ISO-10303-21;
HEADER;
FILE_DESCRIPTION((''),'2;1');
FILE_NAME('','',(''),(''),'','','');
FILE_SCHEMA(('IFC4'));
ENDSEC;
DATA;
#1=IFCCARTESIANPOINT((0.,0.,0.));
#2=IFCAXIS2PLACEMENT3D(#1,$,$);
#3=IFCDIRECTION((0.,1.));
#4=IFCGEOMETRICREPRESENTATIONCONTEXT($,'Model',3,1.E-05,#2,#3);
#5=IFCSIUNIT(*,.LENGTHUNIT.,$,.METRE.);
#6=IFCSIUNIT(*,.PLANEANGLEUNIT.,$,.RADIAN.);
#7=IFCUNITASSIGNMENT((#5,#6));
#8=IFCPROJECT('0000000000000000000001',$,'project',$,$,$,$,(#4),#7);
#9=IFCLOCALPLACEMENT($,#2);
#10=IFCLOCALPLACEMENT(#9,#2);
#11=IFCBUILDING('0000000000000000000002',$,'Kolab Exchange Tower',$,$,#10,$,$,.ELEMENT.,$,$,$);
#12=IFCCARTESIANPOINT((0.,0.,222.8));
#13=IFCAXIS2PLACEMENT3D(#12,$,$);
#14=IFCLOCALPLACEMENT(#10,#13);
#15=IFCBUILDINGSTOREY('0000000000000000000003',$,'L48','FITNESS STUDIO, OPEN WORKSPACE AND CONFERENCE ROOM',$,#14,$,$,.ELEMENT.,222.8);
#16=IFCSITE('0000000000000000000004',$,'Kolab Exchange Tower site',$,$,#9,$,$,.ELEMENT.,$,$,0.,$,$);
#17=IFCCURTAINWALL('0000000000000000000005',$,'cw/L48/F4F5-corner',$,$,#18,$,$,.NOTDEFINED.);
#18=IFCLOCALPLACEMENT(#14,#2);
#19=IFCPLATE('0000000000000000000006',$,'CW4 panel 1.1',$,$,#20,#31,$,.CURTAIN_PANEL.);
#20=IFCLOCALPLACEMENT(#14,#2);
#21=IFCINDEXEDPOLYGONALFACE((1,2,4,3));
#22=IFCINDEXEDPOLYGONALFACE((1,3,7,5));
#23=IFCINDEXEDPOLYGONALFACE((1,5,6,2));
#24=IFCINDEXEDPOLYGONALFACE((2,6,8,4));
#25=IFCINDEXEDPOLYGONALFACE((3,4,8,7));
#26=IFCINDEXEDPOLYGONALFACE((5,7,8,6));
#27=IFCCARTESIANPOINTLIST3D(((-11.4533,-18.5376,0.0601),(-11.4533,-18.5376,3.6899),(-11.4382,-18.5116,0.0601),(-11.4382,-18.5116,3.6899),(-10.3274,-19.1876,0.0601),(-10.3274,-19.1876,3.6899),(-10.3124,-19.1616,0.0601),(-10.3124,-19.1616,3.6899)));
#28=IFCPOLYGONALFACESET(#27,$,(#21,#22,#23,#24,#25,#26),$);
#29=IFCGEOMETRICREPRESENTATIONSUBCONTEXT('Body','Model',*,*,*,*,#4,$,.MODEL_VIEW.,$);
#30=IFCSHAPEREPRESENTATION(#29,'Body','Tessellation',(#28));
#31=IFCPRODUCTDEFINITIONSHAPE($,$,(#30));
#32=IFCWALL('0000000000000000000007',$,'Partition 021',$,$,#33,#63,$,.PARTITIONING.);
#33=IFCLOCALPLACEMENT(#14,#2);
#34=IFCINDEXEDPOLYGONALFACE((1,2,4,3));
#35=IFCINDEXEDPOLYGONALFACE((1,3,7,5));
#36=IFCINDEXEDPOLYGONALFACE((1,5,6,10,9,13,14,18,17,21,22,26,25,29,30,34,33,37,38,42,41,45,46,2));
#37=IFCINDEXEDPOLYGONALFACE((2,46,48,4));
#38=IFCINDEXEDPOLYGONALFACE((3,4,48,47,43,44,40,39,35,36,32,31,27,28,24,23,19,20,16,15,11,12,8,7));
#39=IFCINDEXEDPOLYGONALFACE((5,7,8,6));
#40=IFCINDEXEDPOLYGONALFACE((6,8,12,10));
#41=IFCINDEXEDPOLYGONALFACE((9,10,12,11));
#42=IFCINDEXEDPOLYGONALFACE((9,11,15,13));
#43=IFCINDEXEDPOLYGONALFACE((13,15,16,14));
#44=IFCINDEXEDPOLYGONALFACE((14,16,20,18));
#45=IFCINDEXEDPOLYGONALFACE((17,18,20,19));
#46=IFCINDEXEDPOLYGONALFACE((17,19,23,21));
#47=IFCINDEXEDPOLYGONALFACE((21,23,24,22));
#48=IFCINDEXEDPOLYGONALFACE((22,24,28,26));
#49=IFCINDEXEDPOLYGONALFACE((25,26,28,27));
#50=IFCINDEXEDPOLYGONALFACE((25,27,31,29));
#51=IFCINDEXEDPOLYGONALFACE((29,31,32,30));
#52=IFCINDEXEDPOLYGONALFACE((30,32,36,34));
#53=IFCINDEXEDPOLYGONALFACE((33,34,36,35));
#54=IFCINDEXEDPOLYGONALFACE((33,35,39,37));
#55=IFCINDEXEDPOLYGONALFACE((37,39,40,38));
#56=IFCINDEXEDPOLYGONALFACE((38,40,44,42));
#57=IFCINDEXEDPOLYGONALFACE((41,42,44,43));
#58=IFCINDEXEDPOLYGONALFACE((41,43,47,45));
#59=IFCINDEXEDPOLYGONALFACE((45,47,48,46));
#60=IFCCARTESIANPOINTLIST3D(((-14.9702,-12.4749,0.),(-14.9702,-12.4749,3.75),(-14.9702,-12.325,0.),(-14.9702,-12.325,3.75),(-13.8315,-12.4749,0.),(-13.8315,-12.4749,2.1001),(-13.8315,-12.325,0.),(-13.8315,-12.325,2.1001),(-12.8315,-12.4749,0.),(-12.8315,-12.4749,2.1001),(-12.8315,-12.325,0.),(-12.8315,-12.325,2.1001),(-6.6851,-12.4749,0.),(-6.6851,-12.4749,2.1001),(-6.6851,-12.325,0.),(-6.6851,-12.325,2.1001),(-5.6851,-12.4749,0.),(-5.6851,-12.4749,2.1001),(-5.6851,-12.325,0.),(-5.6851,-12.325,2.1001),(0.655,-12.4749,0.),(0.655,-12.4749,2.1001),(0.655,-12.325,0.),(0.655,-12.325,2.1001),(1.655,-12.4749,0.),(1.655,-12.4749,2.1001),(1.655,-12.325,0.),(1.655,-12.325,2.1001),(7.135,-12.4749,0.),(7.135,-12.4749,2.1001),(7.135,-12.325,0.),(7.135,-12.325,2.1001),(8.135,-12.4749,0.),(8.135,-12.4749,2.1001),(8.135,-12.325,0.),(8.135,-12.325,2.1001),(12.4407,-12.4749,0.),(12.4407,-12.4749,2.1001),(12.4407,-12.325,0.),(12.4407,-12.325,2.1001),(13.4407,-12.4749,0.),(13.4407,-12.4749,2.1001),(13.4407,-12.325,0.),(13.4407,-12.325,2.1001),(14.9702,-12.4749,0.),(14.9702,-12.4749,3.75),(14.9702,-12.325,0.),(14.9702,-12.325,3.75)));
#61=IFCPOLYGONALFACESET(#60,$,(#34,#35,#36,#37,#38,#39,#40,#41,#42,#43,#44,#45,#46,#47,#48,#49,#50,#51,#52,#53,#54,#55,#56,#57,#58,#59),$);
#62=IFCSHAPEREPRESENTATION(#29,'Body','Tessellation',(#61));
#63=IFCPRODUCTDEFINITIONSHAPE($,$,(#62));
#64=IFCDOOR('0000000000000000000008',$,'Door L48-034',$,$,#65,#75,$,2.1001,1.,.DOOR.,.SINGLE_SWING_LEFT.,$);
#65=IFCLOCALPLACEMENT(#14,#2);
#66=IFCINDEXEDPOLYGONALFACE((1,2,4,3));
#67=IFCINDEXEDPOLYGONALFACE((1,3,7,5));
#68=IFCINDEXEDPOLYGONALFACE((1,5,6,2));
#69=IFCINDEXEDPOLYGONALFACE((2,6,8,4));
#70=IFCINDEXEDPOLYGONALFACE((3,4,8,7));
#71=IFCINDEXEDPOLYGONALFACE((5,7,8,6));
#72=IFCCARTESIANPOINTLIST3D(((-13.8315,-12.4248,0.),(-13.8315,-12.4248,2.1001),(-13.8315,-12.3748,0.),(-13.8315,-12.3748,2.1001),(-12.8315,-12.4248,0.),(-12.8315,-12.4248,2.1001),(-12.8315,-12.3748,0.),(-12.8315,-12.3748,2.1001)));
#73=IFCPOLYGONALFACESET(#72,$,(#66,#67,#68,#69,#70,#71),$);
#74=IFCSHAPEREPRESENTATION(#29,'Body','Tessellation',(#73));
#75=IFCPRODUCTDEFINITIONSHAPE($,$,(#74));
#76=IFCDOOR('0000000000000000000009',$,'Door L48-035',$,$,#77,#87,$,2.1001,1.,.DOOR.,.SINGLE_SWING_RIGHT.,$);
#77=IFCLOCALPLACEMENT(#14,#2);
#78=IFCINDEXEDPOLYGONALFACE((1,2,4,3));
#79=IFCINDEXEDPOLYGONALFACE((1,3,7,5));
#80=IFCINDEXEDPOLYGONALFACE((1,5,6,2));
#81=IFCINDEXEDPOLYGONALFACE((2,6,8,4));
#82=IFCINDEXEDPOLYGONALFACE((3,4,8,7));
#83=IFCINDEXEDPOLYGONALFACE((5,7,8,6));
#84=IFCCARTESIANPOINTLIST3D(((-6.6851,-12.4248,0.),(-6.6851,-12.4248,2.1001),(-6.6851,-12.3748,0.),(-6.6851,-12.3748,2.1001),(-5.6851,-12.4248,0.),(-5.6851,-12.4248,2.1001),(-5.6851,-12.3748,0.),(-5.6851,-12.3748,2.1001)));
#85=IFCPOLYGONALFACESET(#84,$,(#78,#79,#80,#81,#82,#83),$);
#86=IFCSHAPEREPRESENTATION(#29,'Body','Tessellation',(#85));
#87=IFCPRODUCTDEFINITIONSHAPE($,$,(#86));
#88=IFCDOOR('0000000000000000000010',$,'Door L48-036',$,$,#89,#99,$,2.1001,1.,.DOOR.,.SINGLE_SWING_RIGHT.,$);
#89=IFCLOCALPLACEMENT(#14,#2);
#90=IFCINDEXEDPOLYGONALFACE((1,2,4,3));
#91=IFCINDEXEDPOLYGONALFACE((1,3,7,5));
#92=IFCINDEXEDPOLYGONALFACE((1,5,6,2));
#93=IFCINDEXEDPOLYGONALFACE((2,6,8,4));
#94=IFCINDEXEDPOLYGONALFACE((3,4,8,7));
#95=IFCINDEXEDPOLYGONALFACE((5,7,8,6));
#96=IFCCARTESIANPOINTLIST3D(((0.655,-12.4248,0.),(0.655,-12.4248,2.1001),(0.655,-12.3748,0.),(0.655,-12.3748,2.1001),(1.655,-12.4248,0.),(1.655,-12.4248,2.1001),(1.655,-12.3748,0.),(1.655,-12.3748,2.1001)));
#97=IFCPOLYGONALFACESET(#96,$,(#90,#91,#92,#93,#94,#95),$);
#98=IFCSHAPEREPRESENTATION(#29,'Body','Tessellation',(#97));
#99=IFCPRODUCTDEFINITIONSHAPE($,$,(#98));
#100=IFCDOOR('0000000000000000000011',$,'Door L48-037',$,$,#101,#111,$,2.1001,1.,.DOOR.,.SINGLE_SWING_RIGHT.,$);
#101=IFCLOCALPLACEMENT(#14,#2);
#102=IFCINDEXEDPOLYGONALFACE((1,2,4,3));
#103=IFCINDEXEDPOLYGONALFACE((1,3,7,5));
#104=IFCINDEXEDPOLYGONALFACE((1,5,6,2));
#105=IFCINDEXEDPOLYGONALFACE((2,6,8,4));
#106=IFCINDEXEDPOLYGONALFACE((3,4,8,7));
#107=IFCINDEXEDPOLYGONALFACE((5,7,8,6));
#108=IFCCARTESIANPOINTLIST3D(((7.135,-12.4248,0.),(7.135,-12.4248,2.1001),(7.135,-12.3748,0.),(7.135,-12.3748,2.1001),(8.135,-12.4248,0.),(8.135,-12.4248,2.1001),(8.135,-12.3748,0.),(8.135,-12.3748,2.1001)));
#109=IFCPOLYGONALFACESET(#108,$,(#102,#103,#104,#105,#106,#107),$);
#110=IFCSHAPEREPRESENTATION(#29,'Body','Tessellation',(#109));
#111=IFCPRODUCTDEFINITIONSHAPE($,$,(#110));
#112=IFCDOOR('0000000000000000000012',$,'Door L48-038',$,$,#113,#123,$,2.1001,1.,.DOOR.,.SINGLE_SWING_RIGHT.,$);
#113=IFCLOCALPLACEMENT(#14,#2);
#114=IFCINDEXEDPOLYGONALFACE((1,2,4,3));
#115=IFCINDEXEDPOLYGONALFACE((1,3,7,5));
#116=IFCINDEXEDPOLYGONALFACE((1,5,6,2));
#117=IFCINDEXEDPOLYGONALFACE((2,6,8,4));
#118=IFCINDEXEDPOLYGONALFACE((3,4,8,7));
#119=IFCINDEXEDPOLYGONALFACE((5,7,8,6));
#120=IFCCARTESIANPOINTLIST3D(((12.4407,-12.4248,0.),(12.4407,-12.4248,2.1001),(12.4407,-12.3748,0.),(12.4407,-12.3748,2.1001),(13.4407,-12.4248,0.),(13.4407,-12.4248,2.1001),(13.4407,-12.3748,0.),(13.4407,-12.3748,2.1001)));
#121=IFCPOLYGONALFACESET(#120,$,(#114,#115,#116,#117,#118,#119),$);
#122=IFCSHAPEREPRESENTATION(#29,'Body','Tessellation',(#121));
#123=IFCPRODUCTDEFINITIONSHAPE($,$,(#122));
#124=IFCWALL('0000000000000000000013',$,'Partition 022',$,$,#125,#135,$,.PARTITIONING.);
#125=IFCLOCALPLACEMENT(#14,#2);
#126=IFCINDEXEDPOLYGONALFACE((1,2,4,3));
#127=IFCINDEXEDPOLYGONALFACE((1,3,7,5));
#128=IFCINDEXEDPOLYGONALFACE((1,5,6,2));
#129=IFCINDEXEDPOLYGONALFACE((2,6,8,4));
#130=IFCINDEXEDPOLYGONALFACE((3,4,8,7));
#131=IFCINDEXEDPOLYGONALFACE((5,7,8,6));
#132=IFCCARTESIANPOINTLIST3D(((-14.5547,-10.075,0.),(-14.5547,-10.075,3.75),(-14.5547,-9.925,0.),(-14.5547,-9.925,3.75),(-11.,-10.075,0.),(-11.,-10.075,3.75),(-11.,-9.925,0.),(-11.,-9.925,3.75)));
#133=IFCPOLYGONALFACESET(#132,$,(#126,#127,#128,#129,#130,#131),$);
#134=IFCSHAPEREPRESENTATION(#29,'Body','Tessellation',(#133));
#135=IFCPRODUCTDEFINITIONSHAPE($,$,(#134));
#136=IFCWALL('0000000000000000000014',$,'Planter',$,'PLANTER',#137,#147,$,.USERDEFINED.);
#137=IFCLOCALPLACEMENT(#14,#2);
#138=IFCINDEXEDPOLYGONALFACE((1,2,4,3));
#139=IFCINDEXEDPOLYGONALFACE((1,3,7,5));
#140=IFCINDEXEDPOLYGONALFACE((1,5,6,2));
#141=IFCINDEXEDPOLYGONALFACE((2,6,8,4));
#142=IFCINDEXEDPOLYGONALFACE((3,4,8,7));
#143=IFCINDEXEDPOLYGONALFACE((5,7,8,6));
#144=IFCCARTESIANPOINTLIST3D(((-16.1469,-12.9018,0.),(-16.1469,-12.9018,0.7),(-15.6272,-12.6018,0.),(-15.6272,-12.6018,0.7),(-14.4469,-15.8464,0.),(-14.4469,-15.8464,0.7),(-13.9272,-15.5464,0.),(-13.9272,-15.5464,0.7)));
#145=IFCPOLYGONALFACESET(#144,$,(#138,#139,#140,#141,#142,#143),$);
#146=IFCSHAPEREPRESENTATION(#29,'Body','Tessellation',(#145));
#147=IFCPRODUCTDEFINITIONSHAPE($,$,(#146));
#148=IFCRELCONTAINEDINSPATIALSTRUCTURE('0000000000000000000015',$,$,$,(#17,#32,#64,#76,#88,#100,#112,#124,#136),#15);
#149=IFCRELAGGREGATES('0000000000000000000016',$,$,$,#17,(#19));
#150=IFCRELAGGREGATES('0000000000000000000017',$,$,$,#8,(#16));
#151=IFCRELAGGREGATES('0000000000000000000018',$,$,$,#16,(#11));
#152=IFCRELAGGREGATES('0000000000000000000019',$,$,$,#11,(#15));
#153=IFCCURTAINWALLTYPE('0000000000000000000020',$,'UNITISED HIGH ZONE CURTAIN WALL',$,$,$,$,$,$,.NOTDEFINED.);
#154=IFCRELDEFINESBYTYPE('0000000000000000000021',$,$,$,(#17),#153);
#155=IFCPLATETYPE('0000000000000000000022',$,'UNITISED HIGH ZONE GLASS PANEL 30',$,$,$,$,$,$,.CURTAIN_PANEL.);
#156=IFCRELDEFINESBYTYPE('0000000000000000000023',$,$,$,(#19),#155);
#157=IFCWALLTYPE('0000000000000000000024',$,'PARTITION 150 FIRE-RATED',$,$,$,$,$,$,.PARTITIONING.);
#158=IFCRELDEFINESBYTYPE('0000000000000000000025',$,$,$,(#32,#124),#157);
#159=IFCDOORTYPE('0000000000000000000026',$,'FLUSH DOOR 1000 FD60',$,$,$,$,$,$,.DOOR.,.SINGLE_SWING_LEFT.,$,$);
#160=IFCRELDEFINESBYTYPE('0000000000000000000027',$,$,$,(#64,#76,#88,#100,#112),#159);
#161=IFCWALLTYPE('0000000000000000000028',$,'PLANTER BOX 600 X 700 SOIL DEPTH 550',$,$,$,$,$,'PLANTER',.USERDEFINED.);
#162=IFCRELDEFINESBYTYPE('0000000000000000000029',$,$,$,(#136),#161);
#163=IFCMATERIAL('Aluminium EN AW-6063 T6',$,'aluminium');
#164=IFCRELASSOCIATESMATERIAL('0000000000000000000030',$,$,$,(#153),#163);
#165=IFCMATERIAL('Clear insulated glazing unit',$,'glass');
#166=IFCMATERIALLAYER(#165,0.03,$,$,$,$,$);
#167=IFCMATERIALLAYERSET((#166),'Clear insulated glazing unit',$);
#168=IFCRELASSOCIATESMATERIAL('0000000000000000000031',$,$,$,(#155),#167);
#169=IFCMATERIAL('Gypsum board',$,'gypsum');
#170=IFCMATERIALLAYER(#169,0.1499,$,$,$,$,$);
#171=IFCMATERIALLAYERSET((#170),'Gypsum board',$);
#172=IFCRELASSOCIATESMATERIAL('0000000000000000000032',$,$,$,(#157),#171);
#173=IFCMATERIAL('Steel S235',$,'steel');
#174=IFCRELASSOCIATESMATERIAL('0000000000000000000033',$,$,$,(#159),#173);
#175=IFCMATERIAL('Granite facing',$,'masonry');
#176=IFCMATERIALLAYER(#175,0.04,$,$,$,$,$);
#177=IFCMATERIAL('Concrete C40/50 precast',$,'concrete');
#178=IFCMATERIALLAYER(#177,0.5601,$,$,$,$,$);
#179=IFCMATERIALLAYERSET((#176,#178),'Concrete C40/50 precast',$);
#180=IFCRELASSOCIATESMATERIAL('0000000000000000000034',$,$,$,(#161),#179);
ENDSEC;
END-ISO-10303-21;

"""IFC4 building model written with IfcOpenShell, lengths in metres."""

from ifc_helpers import new_model, si_unit, direction, frame, frame_2d, origin, origin_2d, place, context, subcontext, project, spatial, rectangle, extrude, material, layer, layer_set, type_object, element, fill, aggregate, save


model = new_model("IFC4")

# Units and contexts
model_context = context("Model", 3, precision=1e-05, world=origin(), true_north=direction((0.0, 1.0)))
body_context = subcontext(model_context, "Body", "Model", "MODEL_VIEW")
ifc_project = project(units=[si_unit("LENGTHUNIT", "METRE"), si_unit("PLANEANGLEUNIT", "RADIAN")], contexts=[model_context])

# Site, building, storey
site_placement = place(None, origin())
site = spatial("IfcSite", under=ifc_project, at=site_placement, Name="Kolab Exchange Tower site", CompositionType="ELEMENT", RefElevation=0.0)
building_placement = place(site_placement, origin())
building = spatial("IfcBuilding", under=site, at=building_placement, Name="Kolab Exchange Tower", CompositionType="ELEMENT")
storey_placement = place(building_placement, frame((0.0, 0.0, 222.8)))
storey = spatial("IfcBuildingStorey", under=building, at=storey_placement, Name="L48", Description="FITNESS STUDIO, OPEN WORKSPACE AND CONFERENCE ROOM", CompositionType="ELEMENT", Elevation=222.8)

# Shared definitions
ifc_material_1 = material(Name="Aluminium EN AW-6063 T6", Category="aluminium")
curtain_wall_type = type_object("IfcCurtainWallType", Name="UNITISED HIGH ZONE CURTAIN WALL", PredefinedType="NOTDEFINED", material=ifc_material_1)

# Curtain wall
curtain_wall_1_placement = place(storey_placement, origin())
curtain_wall_1 = element("IfcCurtainWall", 1, at=curtain_wall_1_placement, inside=storey, type_object=curtain_wall_type, Name="cw/L48/F4F5-corner", PredefinedType="NOTDEFINED")

# Plate
ifc_material_2 = material(Name="Clear insulated glazing unit", Category="glass")
ifc_layer_1 = layer(ifc_material_2, 0.03)
ifc_layer_set_1 = layer_set([ifc_layer_1], Name="Clear insulated glazing unit")
plate_type = type_object("IfcPlateType", Name="UNITISED HIGH ZONE GLASS PANEL 30", PredefinedType="CURTAIN_PANEL", material=ifc_layer_set_1)
plate_1_placement = place(storey_placement, frame((-10.8828, -18.8496, 0.0601), z_axis=(0.0, 0.0, 1.0), x_axis=(-0.866025, 0.5, 0.0)))
plate_1 = element("IfcPlate", 2, at=plate_1_placement, type_object=plate_type, Name="CW4 panel 1.1", PredefinedType="CURTAIN_PANEL", context=body_context, shape_type="SweptSolid", body=[
    extrude(rectangle(XDim=1.3, YDim=0.03, at=origin_2d()), origin(), (0.0, 0.0, 1.0), 3.6299),
])
aggregate(curtain_wall_1, [plate_1])

# Wall, openings, doors
ifc_material_3 = material(Name="Gypsum board", Category="gypsum")
ifc_layer_2 = layer(ifc_material_3, 0.1499)
ifc_layer_set_2 = layer_set([ifc_layer_2], Name="Gypsum board")
wall_type_1 = type_object("IfcWallType", Name="PARTITION 150 FIRE-RATED", PredefinedType="PARTITIONING", material=ifc_layer_set_2)
wall_1_placement = place(storey_placement, frame((-14.9702, -12.3999, 0.0), z_axis=(0.0, 0.0, 1.0), x_axis=(1.0, 0.0, 0.0)))
wall_1 = element("IfcWall", 3, at=wall_1_placement, inside=storey, type_object=wall_type_1, Name="Partition 021", PredefinedType="PARTITIONING", context=body_context, shape_type="SweptSolid", body=[
    extrude(rectangle(XDim=29.9404, YDim=0.1499, at=frame_2d((14.9702, 0.0))), origin(), (0.0, 0.0, 1.0), 3.75),
])
opening_1_placement = place(wall_1_placement, frame((1.1387, 0.0, 0.0)))
opening_1 = element("IfcOpeningElement", 4, at=opening_1_placement, cuts=wall_1, PredefinedType="OPENING", context=body_context, shape_type="SweptSolid", body=[
    extrude(rectangle(XDim=1.0, YDim=2.1001, at=frame_2d((0.5, 1.05))), frame((0.0, 0.085, 0.0), z_axis=(0.0, -1.0, 0.0), x_axis=(1.0, 0.0, 0.0)), (0.0, 0.0, 1.0), 0.1699),
])
opening_2_placement = place(wall_1_placement, frame((8.2852, 0.0, 0.0)))
opening_2 = element("IfcOpeningElement", 5, at=opening_2_placement, cuts=wall_1, PredefinedType="OPENING", context=body_context, shape_type="SweptSolid", body=[
    extrude(rectangle(XDim=1.0, YDim=2.1001, at=frame_2d((0.5, 1.05))), frame((0.0, 0.085, 0.0), z_axis=(0.0, -1.0, 0.0), x_axis=(1.0, 0.0, 0.0)), (0.0, 0.0, 1.0), 0.1699),
])
opening_3_placement = place(wall_1_placement, frame((15.6252, 0.0, 0.0)))
opening_3 = element("IfcOpeningElement", 6, at=opening_3_placement, cuts=wall_1, PredefinedType="OPENING", context=body_context, shape_type="SweptSolid", body=[
    extrude(rectangle(XDim=1.0, YDim=2.1001, at=frame_2d((0.5, 1.05))), frame((0.0, 0.085, 0.0), z_axis=(0.0, -1.0, 0.0), x_axis=(1.0, 0.0, 0.0)), (0.0, 0.0, 1.0), 0.1699),
])
opening_4_placement = place(wall_1_placement, frame((22.1052, 0.0, 0.0)))
opening_4 = element("IfcOpeningElement", 7, at=opening_4_placement, cuts=wall_1, PredefinedType="OPENING", context=body_context, shape_type="SweptSolid", body=[
    extrude(rectangle(XDim=1.0, YDim=2.1001, at=frame_2d((0.5, 1.05))), frame((0.0, 0.085, 0.0), z_axis=(0.0, -1.0, 0.0), x_axis=(1.0, 0.0, 0.0)), (0.0, 0.0, 1.0), 0.1699),
])
opening_5_placement = place(wall_1_placement, frame((27.4109, 0.0, 0.0)))
opening_5 = element("IfcOpeningElement", 8, at=opening_5_placement, cuts=wall_1, PredefinedType="OPENING", context=body_context, shape_type="SweptSolid", body=[
    extrude(rectangle(XDim=1.0, YDim=2.1001, at=frame_2d((0.5, 1.05))), frame((0.0, 0.085, 0.0), z_axis=(0.0, -1.0, 0.0), x_axis=(1.0, 0.0, 0.0)), (0.0, 0.0, 1.0), 0.1699),
])
ifc_material_4 = material(Name="Steel S235", Category="steel")
door_type_1 = type_object("IfcDoorType", Name="FLUSH DOOR 1000 FD60", OperationType="SINGLE_SWING_LEFT", PredefinedType="DOOR", material=ifc_material_4)
door_1_placement = place(opening_1_placement, frame((1.0, 0.0, 0.0), z_axis=(0.0, 0.0, 1.0), x_axis=(-1.0, 0.0, 0.0)))
door_1 = element("IfcDoor", 9, at=door_1_placement, inside=storey, type_object=door_type_1, Name="Door L48-034", OperationType="SINGLE_SWING_LEFT", OverallHeight=2.1001, OverallWidth=1.0, PredefinedType="DOOR", context=body_context, shape_type="SweptSolid", body=[
    extrude(rectangle(XDim=1.0, YDim=2.1001, at=frame_2d((0.5, 1.05))), frame((0.0, 0.0249, 0.0), z_axis=(0.0, -1.0, 0.0), x_axis=(1.0, 0.0, 0.0)), (0.0, 0.0, 1.0), 0.05),
])
fill(opening_1, door_1)
door_2_placement = place(opening_2_placement, frame((1.0, 0.0, 0.0), z_axis=(0.0, 0.0, 1.0), x_axis=(-1.0, 0.0, 0.0)))
door_2 = element("IfcDoor", 10, at=door_2_placement, inside=storey, type_object=door_type_1, Name="Door L48-035", OperationType="SINGLE_SWING_RIGHT", OverallHeight=2.1001, OverallWidth=1.0, PredefinedType="DOOR", context=body_context, shape_type="SweptSolid", body=[
    extrude(rectangle(XDim=1.0, YDim=2.1001, at=frame_2d((0.5, 1.05))), frame((0.0, 0.0249, 0.0), z_axis=(0.0, -1.0, 0.0), x_axis=(1.0, 0.0, 0.0)), (0.0, 0.0, 1.0), 0.05),
])
fill(opening_2, door_2)
door_3_placement = place(opening_3_placement, frame((1.0, 0.0, 0.0), z_axis=(0.0, 0.0, 1.0), x_axis=(-1.0, 0.0, 0.0)))
door_3 = element("IfcDoor", 11, at=door_3_placement, inside=storey, type_object=door_type_1, Name="Door L48-036", OperationType="SINGLE_SWING_RIGHT", OverallHeight=2.1001, OverallWidth=1.0, PredefinedType="DOOR", context=body_context, shape_type="SweptSolid", body=[
    extrude(rectangle(XDim=1.0, YDim=2.1001, at=frame_2d((0.5, 1.05))), frame((0.0, 0.0249, 0.0), z_axis=(0.0, -1.0, 0.0), x_axis=(1.0, 0.0, 0.0)), (0.0, 0.0, 1.0), 0.05),
])
fill(opening_3, door_3)
door_4_placement = place(opening_4_placement, frame((1.0, 0.0, 0.0), z_axis=(0.0, 0.0, 1.0), x_axis=(-1.0, 0.0, 0.0)))
door_4 = element("IfcDoor", 12, at=door_4_placement, inside=storey, type_object=door_type_1, Name="Door L48-037", OperationType="SINGLE_SWING_RIGHT", OverallHeight=2.1001, OverallWidth=1.0, PredefinedType="DOOR", context=body_context, shape_type="SweptSolid", body=[
    extrude(rectangle(XDim=1.0, YDim=2.1001, at=frame_2d((0.5, 1.05))), frame((0.0, 0.0249, 0.0), z_axis=(0.0, -1.0, 0.0), x_axis=(1.0, 0.0, 0.0)), (0.0, 0.0, 1.0), 0.05),
])
fill(opening_4, door_4)
door_5_placement = place(opening_5_placement, frame((1.0, 0.0, 0.0), z_axis=(0.0, 0.0, 1.0), x_axis=(-1.0, 0.0, 0.0)))
door_5 = element("IfcDoor", 13, at=door_5_placement, inside=storey, type_object=door_type_1, Name="Door L48-038", OperationType="SINGLE_SWING_RIGHT", OverallHeight=2.1001, OverallWidth=1.0, PredefinedType="DOOR", context=body_context, shape_type="SweptSolid", body=[
    extrude(rectangle(XDim=1.0, YDim=2.1001, at=frame_2d((0.5, 1.05))), frame((0.0, 0.0249, 0.0), z_axis=(0.0, -1.0, 0.0), x_axis=(1.0, 0.0, 0.0)), (0.0, 0.0, 1.0), 0.05),
])
fill(opening_5, door_5)

# Walls
wall_2_placement = place(storey_placement, frame((-14.5547, -10.0, 0.0), z_axis=(0.0, 0.0, 1.0), x_axis=(1.0, 0.0, 0.0)))
element("IfcWall", 14, at=wall_2_placement, inside=storey, type_object=wall_type_1, Name="Partition 022", PredefinedType="PARTITIONING", context=body_context, shape_type="SweptSolid", body=[
    extrude(rectangle(XDim=3.5547, YDim=0.1499, at=frame_2d((1.7773, 0.0))), origin(), (0.0, 0.0, 1.0), 3.75),
])
ifc_material_5 = material(Name="Granite facing", Category="masonry")
ifc_layer_3 = layer(ifc_material_5, 0.04)
ifc_material_6 = material(Name="Concrete C40/50 precast", Category="concrete")
ifc_layer_4 = layer(ifc_material_6, 0.5601)
ifc_layer_set_3 = layer_set([ifc_layer_3, ifc_layer_4], Name="Concrete C40/50 precast")
wall_type_2 = type_object("IfcWallType", Name="PLANTER BOX 600 X 700 SOIL DEPTH 550", ElementType="PLANTER", PredefinedType="USERDEFINED", material=ifc_layer_set_3)
wall_3_placement = place(storey_placement, frame((-14.187, -15.6965, 0.0), z_axis=(0.0, 0.0, 1.0), x_axis=(-0.499977, 0.866039, 0.0)))
element("IfcWall", 15, at=wall_3_placement, inside=storey, type_object=wall_type_2, Name="Planter", ObjectType="PLANTER", PredefinedType="USERDEFINED", context=body_context, shape_type="SweptSolid", body=[
    extrude(rectangle(XDim=3.4001, YDim=0.6001, at=frame_2d((1.7002, 0.0))), origin(), (0.0, 0.0, 1.0), 0.7),
])

save(model, "model.ifc")
